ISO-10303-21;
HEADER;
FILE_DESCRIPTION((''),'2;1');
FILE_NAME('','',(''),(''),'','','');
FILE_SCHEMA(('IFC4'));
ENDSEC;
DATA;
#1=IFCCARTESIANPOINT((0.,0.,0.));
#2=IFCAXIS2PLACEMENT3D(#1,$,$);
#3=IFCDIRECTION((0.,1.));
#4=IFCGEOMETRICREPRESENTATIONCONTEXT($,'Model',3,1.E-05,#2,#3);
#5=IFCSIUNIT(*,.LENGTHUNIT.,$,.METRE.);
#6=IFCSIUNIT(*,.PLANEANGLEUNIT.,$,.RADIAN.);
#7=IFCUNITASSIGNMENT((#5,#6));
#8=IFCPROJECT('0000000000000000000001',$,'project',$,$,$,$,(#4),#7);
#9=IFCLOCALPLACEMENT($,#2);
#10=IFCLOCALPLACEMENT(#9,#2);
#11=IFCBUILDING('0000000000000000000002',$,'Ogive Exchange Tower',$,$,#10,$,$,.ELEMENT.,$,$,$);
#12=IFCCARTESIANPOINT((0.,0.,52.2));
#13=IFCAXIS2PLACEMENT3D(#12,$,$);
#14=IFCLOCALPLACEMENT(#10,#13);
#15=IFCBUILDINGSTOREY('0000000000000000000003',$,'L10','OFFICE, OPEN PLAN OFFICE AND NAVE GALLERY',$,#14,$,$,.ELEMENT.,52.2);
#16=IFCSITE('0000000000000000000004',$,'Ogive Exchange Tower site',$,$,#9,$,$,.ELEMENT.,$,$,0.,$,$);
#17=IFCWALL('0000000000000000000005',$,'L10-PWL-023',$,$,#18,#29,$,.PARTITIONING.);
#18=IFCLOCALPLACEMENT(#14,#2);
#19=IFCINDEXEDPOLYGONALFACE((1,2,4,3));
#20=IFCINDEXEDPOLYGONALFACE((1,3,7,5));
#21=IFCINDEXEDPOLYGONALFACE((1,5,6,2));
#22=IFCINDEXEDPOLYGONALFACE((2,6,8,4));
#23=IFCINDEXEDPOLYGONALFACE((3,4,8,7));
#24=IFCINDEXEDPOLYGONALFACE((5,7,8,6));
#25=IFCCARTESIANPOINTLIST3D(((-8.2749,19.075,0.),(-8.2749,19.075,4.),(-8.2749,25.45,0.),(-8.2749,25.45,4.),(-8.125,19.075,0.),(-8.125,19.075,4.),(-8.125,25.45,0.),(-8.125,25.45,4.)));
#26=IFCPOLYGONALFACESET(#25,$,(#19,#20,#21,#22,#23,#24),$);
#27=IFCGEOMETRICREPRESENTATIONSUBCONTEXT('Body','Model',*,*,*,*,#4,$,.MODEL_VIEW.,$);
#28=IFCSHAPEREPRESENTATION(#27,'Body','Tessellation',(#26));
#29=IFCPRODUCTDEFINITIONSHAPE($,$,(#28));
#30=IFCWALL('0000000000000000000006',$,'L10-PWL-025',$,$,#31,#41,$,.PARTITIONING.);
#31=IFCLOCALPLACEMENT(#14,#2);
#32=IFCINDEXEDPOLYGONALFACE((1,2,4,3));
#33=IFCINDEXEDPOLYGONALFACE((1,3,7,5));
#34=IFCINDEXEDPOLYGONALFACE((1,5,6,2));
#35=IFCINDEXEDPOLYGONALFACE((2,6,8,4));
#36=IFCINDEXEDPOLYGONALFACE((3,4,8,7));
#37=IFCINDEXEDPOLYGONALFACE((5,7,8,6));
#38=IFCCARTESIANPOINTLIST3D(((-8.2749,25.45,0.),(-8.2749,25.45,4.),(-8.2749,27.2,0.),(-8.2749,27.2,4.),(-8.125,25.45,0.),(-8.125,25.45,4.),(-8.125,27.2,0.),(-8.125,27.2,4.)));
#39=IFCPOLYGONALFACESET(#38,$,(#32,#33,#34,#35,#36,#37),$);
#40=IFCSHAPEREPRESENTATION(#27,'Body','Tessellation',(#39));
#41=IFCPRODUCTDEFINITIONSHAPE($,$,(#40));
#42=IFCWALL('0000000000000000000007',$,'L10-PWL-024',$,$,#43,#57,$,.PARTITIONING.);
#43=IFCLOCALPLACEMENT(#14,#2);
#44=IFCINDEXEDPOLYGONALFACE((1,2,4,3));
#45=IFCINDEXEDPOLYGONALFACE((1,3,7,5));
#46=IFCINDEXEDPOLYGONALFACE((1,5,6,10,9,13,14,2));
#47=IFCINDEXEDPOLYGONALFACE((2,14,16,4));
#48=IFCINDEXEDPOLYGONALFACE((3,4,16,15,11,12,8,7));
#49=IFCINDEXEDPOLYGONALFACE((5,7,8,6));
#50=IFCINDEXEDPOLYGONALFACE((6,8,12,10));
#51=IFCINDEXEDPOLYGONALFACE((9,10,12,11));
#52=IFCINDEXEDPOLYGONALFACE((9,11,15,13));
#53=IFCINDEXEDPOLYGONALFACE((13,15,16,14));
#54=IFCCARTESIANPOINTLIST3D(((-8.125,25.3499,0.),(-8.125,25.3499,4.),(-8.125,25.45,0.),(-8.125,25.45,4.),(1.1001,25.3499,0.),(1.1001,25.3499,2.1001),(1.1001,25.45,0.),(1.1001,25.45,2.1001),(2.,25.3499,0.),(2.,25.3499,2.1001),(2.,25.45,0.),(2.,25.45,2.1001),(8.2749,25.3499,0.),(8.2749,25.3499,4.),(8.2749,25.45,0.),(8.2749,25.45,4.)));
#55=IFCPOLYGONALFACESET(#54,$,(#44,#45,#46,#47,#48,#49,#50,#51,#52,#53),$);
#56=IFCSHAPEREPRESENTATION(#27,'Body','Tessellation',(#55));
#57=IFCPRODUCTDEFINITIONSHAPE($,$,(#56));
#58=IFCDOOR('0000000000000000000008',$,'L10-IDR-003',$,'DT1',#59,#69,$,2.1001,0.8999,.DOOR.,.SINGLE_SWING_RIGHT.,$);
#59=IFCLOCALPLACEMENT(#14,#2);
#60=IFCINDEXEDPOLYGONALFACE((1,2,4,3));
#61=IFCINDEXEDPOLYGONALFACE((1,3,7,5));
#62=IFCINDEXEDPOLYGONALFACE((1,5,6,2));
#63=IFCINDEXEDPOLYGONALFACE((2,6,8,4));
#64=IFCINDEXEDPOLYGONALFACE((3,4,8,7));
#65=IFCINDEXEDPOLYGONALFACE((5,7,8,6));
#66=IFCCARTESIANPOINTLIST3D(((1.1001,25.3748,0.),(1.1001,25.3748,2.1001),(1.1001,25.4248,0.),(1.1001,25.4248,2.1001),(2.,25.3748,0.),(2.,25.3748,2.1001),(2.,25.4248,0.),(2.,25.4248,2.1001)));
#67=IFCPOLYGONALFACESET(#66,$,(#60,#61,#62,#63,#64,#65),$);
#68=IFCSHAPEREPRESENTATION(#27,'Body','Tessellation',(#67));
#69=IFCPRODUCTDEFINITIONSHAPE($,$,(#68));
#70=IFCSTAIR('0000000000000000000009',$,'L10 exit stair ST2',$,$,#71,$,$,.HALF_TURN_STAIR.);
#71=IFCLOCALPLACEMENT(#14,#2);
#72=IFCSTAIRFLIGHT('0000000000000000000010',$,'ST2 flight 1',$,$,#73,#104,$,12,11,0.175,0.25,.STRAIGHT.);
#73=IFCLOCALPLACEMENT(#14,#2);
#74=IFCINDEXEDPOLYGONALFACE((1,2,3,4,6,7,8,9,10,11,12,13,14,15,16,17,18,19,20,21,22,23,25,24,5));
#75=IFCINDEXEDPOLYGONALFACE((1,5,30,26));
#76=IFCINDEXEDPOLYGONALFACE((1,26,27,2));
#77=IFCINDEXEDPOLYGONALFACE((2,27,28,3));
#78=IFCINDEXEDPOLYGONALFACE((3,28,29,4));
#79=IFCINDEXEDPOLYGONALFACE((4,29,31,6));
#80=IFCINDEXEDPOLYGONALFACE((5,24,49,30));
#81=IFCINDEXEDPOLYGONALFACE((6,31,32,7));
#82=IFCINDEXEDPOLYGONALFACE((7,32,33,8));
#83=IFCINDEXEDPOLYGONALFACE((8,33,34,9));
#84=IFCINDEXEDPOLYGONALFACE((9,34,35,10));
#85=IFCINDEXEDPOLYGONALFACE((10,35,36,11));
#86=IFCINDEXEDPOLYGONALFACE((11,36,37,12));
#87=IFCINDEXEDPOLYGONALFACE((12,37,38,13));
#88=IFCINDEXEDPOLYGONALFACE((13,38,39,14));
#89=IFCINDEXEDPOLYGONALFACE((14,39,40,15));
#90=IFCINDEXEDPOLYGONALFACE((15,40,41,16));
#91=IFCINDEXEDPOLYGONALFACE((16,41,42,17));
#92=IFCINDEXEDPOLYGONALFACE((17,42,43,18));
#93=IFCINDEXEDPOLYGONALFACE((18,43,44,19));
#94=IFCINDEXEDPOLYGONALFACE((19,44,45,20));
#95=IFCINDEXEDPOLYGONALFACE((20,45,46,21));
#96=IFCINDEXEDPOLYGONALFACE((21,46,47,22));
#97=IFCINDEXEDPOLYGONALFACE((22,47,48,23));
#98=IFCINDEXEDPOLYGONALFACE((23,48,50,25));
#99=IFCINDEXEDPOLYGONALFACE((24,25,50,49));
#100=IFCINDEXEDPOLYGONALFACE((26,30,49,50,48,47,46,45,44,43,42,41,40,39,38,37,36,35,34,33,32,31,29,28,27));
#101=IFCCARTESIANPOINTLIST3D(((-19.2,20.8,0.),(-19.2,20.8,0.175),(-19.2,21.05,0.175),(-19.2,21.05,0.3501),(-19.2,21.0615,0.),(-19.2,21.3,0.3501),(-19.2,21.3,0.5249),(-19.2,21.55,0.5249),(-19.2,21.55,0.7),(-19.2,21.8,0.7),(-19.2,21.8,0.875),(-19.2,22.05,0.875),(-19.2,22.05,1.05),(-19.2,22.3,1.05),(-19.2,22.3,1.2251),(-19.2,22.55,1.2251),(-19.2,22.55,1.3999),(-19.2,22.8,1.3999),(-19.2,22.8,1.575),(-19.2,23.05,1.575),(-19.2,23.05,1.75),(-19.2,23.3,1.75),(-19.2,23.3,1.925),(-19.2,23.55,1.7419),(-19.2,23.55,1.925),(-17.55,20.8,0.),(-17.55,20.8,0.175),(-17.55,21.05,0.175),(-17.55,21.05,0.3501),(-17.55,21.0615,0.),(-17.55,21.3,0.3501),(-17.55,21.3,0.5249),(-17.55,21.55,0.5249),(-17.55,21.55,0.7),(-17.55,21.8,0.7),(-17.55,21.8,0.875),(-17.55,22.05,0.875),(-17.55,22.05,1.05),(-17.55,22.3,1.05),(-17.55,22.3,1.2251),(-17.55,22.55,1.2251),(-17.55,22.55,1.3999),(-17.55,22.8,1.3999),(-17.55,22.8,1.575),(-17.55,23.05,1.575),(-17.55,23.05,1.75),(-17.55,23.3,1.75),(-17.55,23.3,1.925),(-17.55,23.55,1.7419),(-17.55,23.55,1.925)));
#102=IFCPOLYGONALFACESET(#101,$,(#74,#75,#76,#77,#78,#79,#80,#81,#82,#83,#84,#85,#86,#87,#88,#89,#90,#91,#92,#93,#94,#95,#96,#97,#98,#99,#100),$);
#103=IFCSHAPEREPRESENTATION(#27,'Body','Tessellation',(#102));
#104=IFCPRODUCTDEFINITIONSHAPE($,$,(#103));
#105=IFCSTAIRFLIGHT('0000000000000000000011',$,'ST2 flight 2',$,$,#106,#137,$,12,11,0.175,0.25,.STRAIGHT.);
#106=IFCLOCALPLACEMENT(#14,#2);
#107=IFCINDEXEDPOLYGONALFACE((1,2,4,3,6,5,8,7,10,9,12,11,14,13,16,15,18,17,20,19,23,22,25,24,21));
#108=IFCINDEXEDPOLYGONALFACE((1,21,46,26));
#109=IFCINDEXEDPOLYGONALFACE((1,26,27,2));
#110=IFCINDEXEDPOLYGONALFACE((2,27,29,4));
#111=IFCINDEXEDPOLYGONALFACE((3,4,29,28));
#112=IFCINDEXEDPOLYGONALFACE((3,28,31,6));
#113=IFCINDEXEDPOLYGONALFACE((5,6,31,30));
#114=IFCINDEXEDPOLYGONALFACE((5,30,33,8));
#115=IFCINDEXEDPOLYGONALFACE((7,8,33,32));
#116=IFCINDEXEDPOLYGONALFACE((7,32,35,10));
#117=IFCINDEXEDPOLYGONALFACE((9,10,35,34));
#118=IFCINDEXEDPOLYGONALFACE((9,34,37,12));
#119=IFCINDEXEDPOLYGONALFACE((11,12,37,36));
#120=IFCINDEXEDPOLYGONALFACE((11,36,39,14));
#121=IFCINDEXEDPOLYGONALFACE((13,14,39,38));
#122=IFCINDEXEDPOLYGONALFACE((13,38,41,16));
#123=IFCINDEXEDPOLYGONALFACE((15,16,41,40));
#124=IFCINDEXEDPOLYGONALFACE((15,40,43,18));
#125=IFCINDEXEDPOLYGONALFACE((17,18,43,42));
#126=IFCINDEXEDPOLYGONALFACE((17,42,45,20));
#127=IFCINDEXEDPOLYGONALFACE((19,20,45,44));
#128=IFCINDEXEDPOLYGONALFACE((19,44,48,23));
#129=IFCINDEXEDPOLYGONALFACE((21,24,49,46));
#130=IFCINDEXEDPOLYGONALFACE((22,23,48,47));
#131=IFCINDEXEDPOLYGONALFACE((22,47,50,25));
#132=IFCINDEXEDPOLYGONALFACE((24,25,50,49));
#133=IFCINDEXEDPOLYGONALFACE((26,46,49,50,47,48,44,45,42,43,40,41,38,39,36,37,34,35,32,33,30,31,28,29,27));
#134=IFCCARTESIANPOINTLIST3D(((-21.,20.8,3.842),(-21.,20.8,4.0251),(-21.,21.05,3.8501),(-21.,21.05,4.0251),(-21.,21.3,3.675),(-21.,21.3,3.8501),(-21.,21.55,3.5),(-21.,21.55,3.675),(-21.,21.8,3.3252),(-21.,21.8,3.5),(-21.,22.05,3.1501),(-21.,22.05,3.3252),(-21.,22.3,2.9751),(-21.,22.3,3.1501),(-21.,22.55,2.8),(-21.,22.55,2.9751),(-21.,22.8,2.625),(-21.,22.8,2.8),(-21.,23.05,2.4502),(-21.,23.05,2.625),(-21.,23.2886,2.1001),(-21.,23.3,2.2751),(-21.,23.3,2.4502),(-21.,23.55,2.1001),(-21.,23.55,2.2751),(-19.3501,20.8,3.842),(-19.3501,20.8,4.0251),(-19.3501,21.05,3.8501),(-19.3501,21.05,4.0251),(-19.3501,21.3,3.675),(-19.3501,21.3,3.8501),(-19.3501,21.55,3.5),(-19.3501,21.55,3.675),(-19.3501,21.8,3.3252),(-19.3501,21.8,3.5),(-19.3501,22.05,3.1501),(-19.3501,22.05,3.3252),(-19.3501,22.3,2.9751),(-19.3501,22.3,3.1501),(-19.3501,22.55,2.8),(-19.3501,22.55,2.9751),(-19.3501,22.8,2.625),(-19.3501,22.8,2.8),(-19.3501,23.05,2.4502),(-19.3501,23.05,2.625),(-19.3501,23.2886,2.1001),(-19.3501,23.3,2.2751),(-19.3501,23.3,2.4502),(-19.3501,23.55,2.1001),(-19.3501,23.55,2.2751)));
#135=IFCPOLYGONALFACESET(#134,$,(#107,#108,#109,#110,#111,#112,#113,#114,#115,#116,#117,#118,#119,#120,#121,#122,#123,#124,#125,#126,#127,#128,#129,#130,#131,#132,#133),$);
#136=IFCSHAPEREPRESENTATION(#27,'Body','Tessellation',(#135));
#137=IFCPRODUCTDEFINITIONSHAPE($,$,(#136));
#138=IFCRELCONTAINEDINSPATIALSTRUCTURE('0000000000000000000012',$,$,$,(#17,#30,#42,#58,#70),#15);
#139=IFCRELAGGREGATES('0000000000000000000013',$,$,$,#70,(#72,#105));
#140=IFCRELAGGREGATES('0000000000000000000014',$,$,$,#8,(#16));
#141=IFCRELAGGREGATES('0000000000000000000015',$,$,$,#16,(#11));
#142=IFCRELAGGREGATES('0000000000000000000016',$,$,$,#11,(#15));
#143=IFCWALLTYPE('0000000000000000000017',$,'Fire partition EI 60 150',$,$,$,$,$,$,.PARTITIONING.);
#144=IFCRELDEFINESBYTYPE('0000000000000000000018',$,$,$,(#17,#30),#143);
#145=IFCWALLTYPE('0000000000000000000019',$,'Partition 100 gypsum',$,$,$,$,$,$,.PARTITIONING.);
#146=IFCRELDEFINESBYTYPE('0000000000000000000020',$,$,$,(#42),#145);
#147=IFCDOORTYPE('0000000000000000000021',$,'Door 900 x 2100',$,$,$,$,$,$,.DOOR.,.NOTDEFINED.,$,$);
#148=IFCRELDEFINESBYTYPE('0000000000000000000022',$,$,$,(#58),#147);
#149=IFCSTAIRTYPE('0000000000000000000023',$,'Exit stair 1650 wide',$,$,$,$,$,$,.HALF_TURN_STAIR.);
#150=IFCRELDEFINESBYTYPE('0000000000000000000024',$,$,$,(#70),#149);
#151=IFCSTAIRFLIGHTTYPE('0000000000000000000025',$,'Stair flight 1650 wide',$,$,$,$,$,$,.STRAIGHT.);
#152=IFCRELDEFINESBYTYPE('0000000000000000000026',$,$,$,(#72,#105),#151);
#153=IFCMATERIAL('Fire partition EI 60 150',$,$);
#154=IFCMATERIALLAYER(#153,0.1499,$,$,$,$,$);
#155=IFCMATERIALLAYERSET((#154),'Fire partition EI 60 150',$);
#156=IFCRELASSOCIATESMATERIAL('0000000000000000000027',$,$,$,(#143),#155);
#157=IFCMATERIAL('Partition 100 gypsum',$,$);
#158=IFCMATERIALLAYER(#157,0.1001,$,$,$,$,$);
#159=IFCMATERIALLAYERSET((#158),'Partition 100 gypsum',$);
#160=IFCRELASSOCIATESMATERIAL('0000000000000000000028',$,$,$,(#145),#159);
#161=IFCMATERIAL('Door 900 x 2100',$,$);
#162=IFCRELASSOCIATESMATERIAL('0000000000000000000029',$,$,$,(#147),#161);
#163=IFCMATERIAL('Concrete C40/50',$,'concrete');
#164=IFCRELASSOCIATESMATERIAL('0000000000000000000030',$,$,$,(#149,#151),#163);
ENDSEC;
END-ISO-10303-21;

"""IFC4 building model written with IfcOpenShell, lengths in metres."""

from ifc_helpers import new_model, si_unit, direction, frame, frame_2d, origin, place, context, subcontext, project, spatial, polyline, rectangle, outline, extrude, material, layer, layer_set, type_object, element, fill, aggregate, save


model = new_model("IFC4")

# Units and contexts
model_context = context("Model", 3, precision=1e-05, world=origin(), true_north=direction((0.0, 1.0)))
body_context = subcontext(model_context, "Body", "Model", "MODEL_VIEW")
ifc_project = project(units=[si_unit("LENGTHUNIT", "METRE"), si_unit("PLANEANGLEUNIT", "RADIAN")], contexts=[model_context])

# Site, building, storey
site_placement = place(None, origin())
site = spatial("IfcSite", under=ifc_project, at=site_placement, Name="Ogive Exchange Tower site", CompositionType="ELEMENT", RefElevation=0.0)
building_placement = place(site_placement, origin())
building = spatial("IfcBuilding", under=site, at=building_placement, Name="Ogive Exchange Tower", CompositionType="ELEMENT")
storey_placement = place(building_placement, frame((0.0, 0.0, 52.2)))
storey = spatial("IfcBuildingStorey", under=building, at=storey_placement, Name="L10", Description="OFFICE, OPEN PLAN OFFICE AND NAVE GALLERY", CompositionType="ELEMENT", Elevation=52.2)

# Walls
ifc_material_1 = material(Name="Fire partition EI 60 150")
ifc_layer_1 = layer(ifc_material_1, 0.1499)
ifc_layer_set_1 = layer_set([ifc_layer_1], Name="Fire partition EI 60 150")
wall_type_1 = type_object("IfcWallType", Name="Fire partition EI 60 150", PredefinedType="PARTITIONING", material=ifc_layer_set_1)
wall_1_placement = place(storey_placement, frame((-8.2, 25.45, 0.0), z_axis=(0.0, 0.0, 1.0), x_axis=(0.0, -1.0, 0.0)))
element("IfcWall", 1, at=wall_1_placement, inside=storey, type_object=wall_type_1, Name="L10-PWL-023", PredefinedType="PARTITIONING", context=body_context, shape_type="SweptSolid", body=[
    extrude(rectangle(XDim=6.375, YDim=0.1499, at=frame_2d((3.1875, 0.0))), origin(), (0.0, 0.0, 1.0), 4.0),
])
wall_2_placement = place(storey_placement, frame((-8.2, 27.2, 0.0), z_axis=(0.0, 0.0, 1.0), x_axis=(0.0, -1.0, 0.0)))
element("IfcWall", 2, at=wall_2_placement, inside=storey, type_object=wall_type_1, Name="L10-PWL-025", PredefinedType="PARTITIONING", context=body_context, shape_type="SweptSolid", body=[
    extrude(rectangle(XDim=1.75, YDim=0.1499, at=frame_2d((0.875, 0.0))), origin(), (0.0, 0.0, 1.0), 4.0),
])

# Wall, opening, door
ifc_material_2 = material(Name="Partition 100 gypsum")
ifc_layer_2 = layer(ifc_material_2, 0.1001)
ifc_layer_set_2 = layer_set([ifc_layer_2], Name="Partition 100 gypsum")
wall_type_2 = type_object("IfcWallType", Name="Partition 100 gypsum", PredefinedType="PARTITIONING", material=ifc_layer_set_2)
wall_3_placement = place(storey_placement, frame((-8.125, 25.3999, 0.0), z_axis=(0.0, 0.0, 1.0), x_axis=(1.0, 0.0, 0.0)))
wall_3 = element("IfcWall", 3, at=wall_3_placement, inside=storey, type_object=wall_type_2, Name="L10-PWL-024", PredefinedType="PARTITIONING", context=body_context, shape_type="SweptSolid", body=[
    extrude(rectangle(XDim=16.3999, YDim=0.1001, at=frame_2d((8.2, 0.0))), origin(), (0.0, 0.0, 1.0), 4.0),
])
opening_placement = place(wall_3_placement, frame((9.2251, 0.0, 0.0)))
opening = element("IfcOpeningElement", 4, at=opening_placement, cuts=wall_3, PredefinedType="OPENING", context=body_context, shape_type="SweptSolid", body=[
    extrude(rectangle(XDim=0.8999, YDim=2.1001, at=frame_2d((0.45, 1.05))), frame((0.0, 0.0601, 0.0), z_axis=(0.0, -1.0, 0.0), x_axis=(1.0, 0.0, 0.0)), (0.0, 0.0, 1.0), 0.1201),
])
ifc_material_3 = material(Name="Door 900 x 2100")
door_type = type_object("IfcDoorType", Name="Door 900 x 2100", OperationType="NOTDEFINED", PredefinedType="DOOR", material=ifc_material_3)
door_placement = place(opening_placement, origin())
door = element("IfcDoor", 5, at=door_placement, inside=storey, type_object=door_type, Name="L10-IDR-003", ObjectType="DT1", OperationType="SINGLE_SWING_RIGHT", OverallHeight=2.1001, OverallWidth=0.8999, PredefinedType="DOOR", context=body_context, shape_type="SweptSolid", body=[
    extrude(rectangle(XDim=0.8999, YDim=2.1001, at=frame_2d((0.45, 1.05))), frame((0.0, 0.0249, 0.0), z_axis=(0.0, -1.0, 0.0), x_axis=(1.0, 0.0, 0.0)), (0.0, 0.0, 1.0), 0.05),
])
fill(opening, door)

# Stair, stair flights
ifc_material_4 = material(Name="Concrete C40/50", Category="concrete")
stair_type = type_object("IfcStairType", Name="Exit stair 1650 wide", PredefinedType="HALF_TURN_STAIR", material=ifc_material_4)
stair_placement = place(storey_placement, origin())
stair = element("IfcStair", 6, at=stair_placement, inside=storey, type_object=stair_type, Name="L10 exit stair ST2", PredefinedType="HALF_TURN_STAIR")
stair_flight_type = type_object("IfcStairFlightType", Name="Stair flight 1650 wide", PredefinedType="STRAIGHT", material=ifc_material_4)
stair_flight_1_placement = place(storey_placement, frame((-18.375, 20.8, 0.0), z_axis=(0.0, 0.0, 1.0), x_axis=(0.0, 1.0, 0.0)))
stair_flight_1 = element("IfcStairFlight", 7, at=stair_flight_1_placement, type_object=stair_flight_type, Name="ST2 flight 1", NumberOfRisers=12, NumberOfTreads=11, PredefinedType="STRAIGHT", RiserHeight=0.175, TreadLength=0.25, context=body_context, shape_type="SweptSolid", body=[
    extrude(outline(polyline([(0.0, 0.0), (0.0, 0.175), (0.25, 0.175), (0.25, 0.3501), (0.5, 0.3501), (0.5, 0.5249), (0.75, 0.5249), (0.75, 0.7), (1.0, 0.7), (1.0, 0.875), (1.25, 0.875), (1.25, 1.05), (1.5, 1.05), (1.5, 1.2251), (1.75, 1.2251), (1.75, 1.3999), (2.0, 1.3999), (2.0, 1.575), (2.25, 1.575), (2.25, 1.75), (2.5, 1.75), (2.5, 1.925), (2.75, 1.925), (2.75, 2.1001), (2.75, 1.7419), (0.2615, 0.0), (0.0, 0.0)])), frame((0.0, 0.825, 0.0), z_axis=(0.0, -1.0, 0.0), x_axis=(1.0, 0.0, 0.0)), (0.0, 0.0, 1.0), 1.6499),
])
stair_flight_2_placement = place(storey_placement, frame((-20.175, 23.55, 2.1001), z_axis=(0.0, 0.0, 1.0), x_axis=(0.0, -1.0, 0.0)))
stair_flight_2 = element("IfcStairFlight", 8, at=stair_flight_2_placement, type_object=stair_flight_type, Name="ST2 flight 2", NumberOfRisers=12, NumberOfTreads=11, PredefinedType="STRAIGHT", RiserHeight=0.175, TreadLength=0.25, context=body_context, shape_type="SweptSolid", body=[
    extrude(outline(polyline([(0.0, 0.0), (0.0, 0.175), (0.25, 0.175), (0.25, 0.3501), (0.5, 0.3501), (0.5, 0.5249), (0.75, 0.5249), (0.75, 0.7), (1.0, 0.7), (1.0, 0.875), (1.25, 0.875), (1.25, 1.05), (1.5, 1.05), (1.5, 1.2251), (1.75, 1.2251), (1.75, 1.3999), (2.0, 1.3999), (2.0, 1.575), (2.25, 1.575), (2.25, 1.75), (2.5, 1.75), (2.5, 1.925), (2.75, 1.925), (2.75, 2.1001), (2.75, 1.7419), (0.2615, 0.0), (0.0, 0.0)])), frame((0.0, 0.825, 0.0), z_axis=(0.0, -1.0, 0.0), x_axis=(1.0, 0.0, 0.0)), (0.0, 0.0, 1.0), 1.6499),
])
aggregate(stair, [stair_flight_1, stair_flight_2])

save(model, "model.ifc")
